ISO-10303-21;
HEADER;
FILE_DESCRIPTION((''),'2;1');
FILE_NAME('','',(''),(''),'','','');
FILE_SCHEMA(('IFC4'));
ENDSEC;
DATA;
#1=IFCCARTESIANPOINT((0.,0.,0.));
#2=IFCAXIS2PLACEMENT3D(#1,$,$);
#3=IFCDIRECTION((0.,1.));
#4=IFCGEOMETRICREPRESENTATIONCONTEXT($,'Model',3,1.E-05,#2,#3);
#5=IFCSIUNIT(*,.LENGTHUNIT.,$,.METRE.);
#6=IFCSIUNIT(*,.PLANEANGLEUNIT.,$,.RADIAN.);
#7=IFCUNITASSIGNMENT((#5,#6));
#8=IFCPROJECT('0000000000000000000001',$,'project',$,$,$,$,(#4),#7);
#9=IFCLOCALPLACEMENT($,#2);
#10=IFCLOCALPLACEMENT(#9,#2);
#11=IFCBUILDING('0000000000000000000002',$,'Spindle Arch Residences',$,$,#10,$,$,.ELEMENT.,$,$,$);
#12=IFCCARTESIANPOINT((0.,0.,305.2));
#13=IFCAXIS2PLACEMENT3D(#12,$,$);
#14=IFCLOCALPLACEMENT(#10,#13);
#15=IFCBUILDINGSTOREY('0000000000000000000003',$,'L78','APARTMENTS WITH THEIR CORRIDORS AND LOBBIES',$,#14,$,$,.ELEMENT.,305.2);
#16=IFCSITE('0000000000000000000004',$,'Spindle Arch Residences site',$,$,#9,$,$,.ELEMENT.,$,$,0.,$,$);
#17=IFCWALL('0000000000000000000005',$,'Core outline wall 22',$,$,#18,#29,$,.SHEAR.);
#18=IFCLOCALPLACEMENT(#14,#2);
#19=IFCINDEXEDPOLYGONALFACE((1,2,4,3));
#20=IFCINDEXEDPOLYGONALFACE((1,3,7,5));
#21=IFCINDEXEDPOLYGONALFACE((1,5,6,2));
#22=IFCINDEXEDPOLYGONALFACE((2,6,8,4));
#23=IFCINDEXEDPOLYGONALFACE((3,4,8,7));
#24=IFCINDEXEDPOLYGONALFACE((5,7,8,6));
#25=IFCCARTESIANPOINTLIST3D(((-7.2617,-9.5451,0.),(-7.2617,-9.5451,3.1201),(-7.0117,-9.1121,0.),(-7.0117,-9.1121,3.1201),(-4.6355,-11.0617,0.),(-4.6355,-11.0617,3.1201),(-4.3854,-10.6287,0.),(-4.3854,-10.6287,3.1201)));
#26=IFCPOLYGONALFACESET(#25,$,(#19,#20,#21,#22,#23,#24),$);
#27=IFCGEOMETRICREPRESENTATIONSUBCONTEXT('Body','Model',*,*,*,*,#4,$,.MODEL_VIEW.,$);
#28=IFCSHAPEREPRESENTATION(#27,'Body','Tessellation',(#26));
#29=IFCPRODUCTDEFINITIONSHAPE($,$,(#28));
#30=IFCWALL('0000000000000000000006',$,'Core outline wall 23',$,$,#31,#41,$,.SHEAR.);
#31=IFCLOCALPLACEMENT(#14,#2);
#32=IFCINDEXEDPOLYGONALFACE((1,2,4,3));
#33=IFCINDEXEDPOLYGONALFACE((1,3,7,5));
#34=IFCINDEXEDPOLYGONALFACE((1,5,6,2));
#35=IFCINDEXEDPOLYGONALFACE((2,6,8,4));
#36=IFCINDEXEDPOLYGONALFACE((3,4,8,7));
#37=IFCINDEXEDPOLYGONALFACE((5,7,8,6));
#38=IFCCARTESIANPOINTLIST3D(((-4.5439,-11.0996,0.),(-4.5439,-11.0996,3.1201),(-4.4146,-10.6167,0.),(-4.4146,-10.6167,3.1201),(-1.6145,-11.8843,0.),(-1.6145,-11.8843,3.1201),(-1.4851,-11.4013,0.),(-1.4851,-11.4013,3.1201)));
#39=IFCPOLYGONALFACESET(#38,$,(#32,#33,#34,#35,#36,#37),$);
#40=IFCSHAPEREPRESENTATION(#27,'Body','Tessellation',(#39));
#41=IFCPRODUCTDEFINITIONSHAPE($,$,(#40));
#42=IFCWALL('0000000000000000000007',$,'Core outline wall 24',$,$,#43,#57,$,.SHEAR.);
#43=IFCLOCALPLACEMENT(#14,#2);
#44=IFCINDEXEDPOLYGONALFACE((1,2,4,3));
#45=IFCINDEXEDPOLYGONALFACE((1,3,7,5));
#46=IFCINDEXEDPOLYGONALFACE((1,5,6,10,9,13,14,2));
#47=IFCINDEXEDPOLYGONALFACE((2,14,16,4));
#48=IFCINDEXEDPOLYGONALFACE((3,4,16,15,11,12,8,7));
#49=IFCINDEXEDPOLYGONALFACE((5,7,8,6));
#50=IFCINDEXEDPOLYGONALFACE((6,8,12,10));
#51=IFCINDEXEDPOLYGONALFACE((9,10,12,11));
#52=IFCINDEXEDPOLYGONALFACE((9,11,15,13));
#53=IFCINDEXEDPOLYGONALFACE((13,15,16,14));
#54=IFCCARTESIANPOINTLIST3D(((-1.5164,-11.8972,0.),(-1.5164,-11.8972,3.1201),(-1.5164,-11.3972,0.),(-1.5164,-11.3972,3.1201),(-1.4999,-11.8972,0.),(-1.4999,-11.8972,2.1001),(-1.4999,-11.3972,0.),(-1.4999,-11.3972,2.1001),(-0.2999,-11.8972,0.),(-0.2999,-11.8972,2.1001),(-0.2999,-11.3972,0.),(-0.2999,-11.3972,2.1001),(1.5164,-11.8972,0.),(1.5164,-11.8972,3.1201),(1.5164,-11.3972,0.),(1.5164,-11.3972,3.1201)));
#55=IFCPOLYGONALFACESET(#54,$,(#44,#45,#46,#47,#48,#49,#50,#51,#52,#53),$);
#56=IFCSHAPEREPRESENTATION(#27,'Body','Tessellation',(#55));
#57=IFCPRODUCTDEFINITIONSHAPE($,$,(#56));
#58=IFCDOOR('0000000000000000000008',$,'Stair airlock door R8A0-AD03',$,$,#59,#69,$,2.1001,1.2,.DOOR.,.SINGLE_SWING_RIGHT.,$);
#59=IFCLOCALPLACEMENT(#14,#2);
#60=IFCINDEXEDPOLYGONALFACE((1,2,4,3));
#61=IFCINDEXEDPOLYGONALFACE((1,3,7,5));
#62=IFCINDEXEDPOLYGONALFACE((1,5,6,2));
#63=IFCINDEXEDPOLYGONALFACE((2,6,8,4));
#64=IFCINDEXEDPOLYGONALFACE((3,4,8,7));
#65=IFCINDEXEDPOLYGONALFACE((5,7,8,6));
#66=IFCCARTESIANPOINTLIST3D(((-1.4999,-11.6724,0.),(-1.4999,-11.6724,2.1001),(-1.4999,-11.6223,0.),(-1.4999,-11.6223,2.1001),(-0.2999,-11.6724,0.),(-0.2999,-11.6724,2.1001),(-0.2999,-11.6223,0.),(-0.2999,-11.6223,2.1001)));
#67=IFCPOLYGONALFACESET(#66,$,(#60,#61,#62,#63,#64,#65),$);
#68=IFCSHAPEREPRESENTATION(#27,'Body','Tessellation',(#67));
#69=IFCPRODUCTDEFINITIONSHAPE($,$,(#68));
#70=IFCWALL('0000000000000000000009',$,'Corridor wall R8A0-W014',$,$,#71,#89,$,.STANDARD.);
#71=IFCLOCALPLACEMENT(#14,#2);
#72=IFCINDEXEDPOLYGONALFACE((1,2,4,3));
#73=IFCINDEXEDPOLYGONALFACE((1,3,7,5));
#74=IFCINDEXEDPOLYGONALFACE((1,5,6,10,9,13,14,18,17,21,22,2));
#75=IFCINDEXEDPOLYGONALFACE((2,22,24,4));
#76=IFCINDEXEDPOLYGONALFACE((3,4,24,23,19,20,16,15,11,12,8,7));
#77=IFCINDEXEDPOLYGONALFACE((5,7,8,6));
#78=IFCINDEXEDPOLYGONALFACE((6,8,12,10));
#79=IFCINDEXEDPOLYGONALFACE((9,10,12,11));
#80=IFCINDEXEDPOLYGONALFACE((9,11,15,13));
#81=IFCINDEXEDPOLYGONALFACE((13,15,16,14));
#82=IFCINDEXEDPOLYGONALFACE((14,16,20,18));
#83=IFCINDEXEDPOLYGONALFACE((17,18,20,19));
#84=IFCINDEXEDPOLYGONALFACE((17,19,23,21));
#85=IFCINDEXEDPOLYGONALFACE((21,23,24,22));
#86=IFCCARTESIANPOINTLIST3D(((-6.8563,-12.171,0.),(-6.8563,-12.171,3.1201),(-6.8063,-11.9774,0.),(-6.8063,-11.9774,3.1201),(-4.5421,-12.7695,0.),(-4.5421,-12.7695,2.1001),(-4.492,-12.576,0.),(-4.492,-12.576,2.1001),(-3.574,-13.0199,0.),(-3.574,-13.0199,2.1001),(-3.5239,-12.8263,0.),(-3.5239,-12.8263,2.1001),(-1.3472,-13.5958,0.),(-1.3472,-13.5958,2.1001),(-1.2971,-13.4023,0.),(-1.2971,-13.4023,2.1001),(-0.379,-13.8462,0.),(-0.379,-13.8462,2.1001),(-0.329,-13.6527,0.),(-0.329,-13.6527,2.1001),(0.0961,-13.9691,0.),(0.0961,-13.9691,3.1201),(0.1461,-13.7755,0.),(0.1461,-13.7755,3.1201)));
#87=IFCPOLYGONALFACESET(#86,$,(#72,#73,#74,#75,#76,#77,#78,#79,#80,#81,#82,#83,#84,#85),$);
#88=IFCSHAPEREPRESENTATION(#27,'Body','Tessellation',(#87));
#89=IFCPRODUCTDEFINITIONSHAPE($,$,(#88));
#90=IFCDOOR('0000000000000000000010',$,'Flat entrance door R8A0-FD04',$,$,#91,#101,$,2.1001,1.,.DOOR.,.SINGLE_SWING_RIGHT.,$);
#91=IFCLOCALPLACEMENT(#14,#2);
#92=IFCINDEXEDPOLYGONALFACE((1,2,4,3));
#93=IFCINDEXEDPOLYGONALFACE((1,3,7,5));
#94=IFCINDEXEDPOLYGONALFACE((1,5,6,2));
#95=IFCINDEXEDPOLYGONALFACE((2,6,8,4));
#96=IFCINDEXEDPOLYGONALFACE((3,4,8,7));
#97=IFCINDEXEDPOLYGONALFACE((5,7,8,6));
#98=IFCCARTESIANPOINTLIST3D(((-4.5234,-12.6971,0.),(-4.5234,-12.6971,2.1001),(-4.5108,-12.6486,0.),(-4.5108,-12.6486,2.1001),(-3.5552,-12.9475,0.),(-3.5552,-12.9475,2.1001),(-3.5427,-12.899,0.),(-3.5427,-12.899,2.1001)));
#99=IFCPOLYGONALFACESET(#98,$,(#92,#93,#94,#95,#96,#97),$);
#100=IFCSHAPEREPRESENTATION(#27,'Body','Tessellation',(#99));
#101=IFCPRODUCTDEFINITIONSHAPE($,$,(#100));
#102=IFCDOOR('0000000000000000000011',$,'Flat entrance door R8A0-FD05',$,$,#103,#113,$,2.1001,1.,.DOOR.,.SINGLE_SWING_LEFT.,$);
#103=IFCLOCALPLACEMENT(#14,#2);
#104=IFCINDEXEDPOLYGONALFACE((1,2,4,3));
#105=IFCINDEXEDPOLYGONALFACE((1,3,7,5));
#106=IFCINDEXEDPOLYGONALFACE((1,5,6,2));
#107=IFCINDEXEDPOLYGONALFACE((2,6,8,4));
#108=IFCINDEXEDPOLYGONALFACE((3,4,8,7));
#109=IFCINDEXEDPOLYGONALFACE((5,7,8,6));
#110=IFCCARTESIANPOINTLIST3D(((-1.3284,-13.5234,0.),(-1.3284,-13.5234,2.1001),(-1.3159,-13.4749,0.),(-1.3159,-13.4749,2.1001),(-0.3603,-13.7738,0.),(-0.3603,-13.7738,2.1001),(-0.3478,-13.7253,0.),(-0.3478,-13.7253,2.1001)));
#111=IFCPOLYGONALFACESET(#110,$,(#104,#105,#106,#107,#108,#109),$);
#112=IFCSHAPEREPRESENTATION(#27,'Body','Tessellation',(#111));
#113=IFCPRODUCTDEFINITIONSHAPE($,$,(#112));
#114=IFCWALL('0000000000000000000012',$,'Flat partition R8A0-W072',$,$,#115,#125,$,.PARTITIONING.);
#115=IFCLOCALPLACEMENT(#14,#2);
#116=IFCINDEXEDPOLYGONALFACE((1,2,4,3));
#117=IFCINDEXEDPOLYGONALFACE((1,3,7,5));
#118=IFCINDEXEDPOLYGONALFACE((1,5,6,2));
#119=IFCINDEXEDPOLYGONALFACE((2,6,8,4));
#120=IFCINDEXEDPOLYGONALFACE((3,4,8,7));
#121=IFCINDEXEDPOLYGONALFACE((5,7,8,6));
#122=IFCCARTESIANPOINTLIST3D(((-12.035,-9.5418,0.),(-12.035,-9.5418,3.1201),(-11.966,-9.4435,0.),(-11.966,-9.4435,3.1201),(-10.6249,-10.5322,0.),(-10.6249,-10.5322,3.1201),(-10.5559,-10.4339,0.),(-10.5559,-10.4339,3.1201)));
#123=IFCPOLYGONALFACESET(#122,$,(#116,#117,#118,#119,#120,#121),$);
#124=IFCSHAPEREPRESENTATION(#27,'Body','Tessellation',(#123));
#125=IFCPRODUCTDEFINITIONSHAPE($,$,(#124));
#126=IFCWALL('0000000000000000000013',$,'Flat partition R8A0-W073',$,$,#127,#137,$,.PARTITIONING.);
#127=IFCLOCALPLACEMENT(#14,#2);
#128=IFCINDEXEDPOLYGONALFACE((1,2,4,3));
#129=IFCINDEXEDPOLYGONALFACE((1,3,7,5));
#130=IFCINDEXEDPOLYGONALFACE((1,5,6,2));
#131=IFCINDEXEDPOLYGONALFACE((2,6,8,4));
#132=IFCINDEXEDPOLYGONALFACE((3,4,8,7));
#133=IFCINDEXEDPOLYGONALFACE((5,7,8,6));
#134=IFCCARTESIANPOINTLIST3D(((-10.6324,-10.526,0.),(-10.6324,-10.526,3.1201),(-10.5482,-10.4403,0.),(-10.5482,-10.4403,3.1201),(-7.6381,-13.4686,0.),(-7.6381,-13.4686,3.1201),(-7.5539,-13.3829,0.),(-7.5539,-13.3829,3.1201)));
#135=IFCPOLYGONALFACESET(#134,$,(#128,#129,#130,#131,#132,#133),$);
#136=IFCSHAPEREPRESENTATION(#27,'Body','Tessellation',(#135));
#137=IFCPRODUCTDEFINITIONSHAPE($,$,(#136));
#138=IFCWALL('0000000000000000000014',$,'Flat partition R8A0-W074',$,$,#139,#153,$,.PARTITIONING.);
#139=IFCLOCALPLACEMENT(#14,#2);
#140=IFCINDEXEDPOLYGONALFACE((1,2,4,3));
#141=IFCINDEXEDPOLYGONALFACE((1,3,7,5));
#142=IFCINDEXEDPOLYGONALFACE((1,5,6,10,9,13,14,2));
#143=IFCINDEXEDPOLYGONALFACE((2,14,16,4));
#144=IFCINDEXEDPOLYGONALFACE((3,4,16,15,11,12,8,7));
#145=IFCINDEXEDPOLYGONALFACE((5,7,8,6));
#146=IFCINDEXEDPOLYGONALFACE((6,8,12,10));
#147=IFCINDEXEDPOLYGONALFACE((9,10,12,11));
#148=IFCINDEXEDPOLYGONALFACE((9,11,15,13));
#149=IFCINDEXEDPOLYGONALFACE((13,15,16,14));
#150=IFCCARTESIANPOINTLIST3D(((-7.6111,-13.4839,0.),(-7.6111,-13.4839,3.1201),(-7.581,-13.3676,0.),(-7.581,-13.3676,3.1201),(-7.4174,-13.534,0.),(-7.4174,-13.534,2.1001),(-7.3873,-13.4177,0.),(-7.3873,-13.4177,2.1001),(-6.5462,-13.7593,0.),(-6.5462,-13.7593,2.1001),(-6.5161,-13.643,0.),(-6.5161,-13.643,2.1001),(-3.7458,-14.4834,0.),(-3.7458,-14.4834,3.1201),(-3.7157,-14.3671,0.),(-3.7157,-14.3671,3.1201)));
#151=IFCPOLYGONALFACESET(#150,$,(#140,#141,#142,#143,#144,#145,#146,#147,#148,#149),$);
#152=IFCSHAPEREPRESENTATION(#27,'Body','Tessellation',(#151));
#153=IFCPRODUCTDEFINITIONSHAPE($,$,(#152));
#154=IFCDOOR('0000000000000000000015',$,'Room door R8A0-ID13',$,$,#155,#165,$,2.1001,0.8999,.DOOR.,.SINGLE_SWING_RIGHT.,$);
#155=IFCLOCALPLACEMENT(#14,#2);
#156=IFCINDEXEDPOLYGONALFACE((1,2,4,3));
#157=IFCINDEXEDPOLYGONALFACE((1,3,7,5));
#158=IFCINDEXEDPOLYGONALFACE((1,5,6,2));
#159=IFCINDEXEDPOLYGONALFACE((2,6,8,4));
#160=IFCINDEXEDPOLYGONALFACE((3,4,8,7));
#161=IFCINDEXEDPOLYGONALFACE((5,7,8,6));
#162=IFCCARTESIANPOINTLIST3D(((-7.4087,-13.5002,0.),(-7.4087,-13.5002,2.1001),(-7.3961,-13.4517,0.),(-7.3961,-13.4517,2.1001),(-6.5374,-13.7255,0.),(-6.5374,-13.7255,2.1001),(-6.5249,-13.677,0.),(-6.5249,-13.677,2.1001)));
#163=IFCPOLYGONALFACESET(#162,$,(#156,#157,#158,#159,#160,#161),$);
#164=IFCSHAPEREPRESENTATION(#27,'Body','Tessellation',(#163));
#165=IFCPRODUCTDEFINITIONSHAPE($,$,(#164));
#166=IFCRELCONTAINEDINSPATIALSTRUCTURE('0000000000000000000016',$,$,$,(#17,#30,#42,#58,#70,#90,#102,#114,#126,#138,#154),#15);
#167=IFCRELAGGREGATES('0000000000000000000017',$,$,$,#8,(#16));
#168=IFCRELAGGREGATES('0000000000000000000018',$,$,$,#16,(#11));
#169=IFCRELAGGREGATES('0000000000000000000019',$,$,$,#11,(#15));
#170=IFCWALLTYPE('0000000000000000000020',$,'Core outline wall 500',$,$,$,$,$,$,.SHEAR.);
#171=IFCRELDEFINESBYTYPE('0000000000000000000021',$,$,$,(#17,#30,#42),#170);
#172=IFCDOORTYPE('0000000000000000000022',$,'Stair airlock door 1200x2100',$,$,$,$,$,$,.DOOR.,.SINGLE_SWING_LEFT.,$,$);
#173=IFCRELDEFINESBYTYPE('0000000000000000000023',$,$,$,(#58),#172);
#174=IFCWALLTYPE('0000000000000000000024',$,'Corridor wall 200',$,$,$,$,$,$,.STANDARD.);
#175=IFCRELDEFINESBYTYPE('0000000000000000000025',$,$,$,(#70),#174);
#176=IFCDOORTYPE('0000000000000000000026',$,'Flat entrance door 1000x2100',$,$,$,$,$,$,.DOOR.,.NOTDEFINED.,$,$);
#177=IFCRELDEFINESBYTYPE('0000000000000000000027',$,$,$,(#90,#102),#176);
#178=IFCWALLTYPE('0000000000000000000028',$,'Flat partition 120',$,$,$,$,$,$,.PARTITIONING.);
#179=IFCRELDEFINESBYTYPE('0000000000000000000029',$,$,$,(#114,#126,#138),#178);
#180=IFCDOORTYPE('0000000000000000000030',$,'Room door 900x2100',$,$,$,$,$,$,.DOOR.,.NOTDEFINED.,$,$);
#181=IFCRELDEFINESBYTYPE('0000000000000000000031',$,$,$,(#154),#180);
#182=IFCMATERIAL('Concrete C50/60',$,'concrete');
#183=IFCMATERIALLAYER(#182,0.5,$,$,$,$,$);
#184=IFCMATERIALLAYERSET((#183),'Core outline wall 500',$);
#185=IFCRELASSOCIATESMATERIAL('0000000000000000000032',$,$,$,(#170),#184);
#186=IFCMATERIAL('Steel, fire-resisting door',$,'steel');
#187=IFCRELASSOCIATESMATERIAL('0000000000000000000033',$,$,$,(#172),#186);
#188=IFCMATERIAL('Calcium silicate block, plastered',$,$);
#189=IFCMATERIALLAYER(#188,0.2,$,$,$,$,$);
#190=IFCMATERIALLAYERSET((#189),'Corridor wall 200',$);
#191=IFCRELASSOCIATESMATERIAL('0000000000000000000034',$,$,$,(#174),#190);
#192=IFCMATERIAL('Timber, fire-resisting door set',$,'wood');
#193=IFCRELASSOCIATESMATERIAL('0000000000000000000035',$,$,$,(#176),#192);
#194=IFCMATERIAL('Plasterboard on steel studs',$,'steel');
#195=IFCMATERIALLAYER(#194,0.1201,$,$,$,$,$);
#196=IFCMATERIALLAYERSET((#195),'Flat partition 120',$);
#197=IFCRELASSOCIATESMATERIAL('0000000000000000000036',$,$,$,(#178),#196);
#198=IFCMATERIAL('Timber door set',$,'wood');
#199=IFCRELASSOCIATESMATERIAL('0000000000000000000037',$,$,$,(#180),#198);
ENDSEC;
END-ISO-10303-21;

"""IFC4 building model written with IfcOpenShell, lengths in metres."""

from ifc_helpers import new_model, si_unit, direction, frame, frame_2d, origin, place, context, subcontext, project, spatial, rectangle, extrude, material, layer, layer_set, type_object, element, fill, save


model = new_model("IFC4")

# Units and contexts
model_context = context("Model", 3, precision=1e-05, world=origin(), true_north=direction((0.0, 1.0)))
body_context = subcontext(model_context, "Body", "Model", "MODEL_VIEW")
ifc_project = project(units=[si_unit("LENGTHUNIT", "METRE"), si_unit("PLANEANGLEUNIT", "RADIAN")], contexts=[model_context])

# Site, building, storey
site_placement = place(None, origin())
site = spatial("IfcSite", under=ifc_project, at=site_placement, Name="Spindle Arch Residences site", CompositionType="ELEMENT", RefElevation=0.0)
building_placement = place(site_placement, origin())
building = spatial("IfcBuilding", under=site, at=building_placement, Name="Spindle Arch Residences", CompositionType="ELEMENT")
storey_placement = place(building_placement, frame((0.0, 0.0, 305.2)))
storey = spatial("IfcBuildingStorey", under=building, at=storey_placement, Name="L78", Description="APARTMENTS WITH THEIR CORRIDORS AND LOBBIES", CompositionType="ELEMENT", Elevation=305.2)

# Walls
ifc_material_1 = material(Name="Concrete C50/60", Category="concrete")
ifc_layer_1 = layer(ifc_material_1, 0.5)
ifc_layer_set_1 = layer_set([ifc_layer_1], Name="Core outline wall 500")
wall_type_1 = type_object("IfcWallType", Name="Core outline wall 500", PredefinedType="SHEAR", material=ifc_layer_set_1)
for number, where, z_axis, x_axis, name in (
    (1, (-7.1367, -9.3286, 0.0), (0.0, 0.0, 1.0), (0.865975, -0.500087, 0.0), "Core outline wall 22"),
    (2, (-4.4792, -10.8582, 0.0), (0.0, 0.0, 1.0), (0.965948, -0.258735, 0.0), "Core outline wall 23"),
):
    element("IfcWall", number, at=place(storey_placement, frame(where, z_axis=z_axis, x_axis=x_axis)), inside=storey, type_object=wall_type_1, Name=name, PredefinedType="SHEAR", context=body_context, shape_type="SweptSolid", body=[
        extrude(rectangle(XDim=3.0327, YDim=0.5, at=frame_2d((1.5164, 0.0))), origin(), (0.0, 0.0, 1.0), 3.1201),
    ])

# Wall, opening, door
wall_1_placement = place(storey_placement, frame((-1.5164, -11.6472, 0.0), z_axis=(0.0, 0.0, 1.0), x_axis=(1.0, 0.0, 0.0)))
wall_1 = element("IfcWall", 3, at=wall_1_placement, inside=storey, type_object=wall_type_1, Name="Core outline wall 24", PredefinedType="SHEAR", context=body_context, shape_type="SweptSolid", body=[
    extrude(rectangle(XDim=3.0327, YDim=0.5, at=frame_2d((1.5164, 0.0))), origin(), (0.0, 0.0, 1.0), 3.1201),
])
opening_1_placement = place(wall_1_placement, frame((0.0164, 0.0, 0.0)))
opening_1 = element("IfcOpeningElement", 4, at=opening_1_placement, cuts=wall_1, PredefinedType="OPENING", context=body_context, shape_type="SweptSolid", body=[
    extrude(rectangle(XDim=1.2, YDim=2.1001, at=frame_2d((0.6001, 1.05))), frame((0.0, 0.26, 0.0), z_axis=(0.0, -1.0, 0.0), x_axis=(1.0, 0.0, 0.0)), (0.0, 0.0, 1.0), 0.52),
])
ifc_material_2 = material(Name="Steel, fire-resisting door", Category="steel")
door_type_1 = type_object("IfcDoorType", Name="Stair airlock door 1200x2100", OperationType="SINGLE_SWING_LEFT", PredefinedType="DOOR", material=ifc_material_2)
door_1_placement = place(opening_1_placement, origin())
door_1 = element("IfcDoor", 5, at=door_1_placement, inside=storey, type_object=door_type_1, Name="Stair airlock door R8A0-AD03", OperationType="SINGLE_SWING_RIGHT", OverallHeight=2.1001, OverallWidth=1.2, PredefinedType="DOOR", context=body_context, shape_type="SweptSolid", body=[
    extrude(rectangle(XDim=1.2, YDim=2.1001, at=frame_2d((0.6001, 1.05))), frame((0.0, 0.0249, 0.0), z_axis=(0.0, -1.0, 0.0), x_axis=(1.0, 0.0, 0.0)), (0.0, 0.0, 1.0), 0.05),
])
fill(opening_1, door_1)

# Wall, openings, doors
ifc_material_3 = material(Name="Calcium silicate block, plastered")
ifc_layer_2 = layer(ifc_material_3, 0.2)
ifc_layer_set_2 = layer_set([ifc_layer_2], Name="Corridor wall 200")
wall_type_2 = type_object("IfcWallType", Name="Corridor wall 200", PredefinedType="STANDARD", material=ifc_layer_set_2)
wall_2_placement = place(storey_placement, frame((-6.8313, -12.0742, 0.0), z_axis=(0.0, 0.0, 1.0), x_axis=(0.968145, -0.250391, 0.0)))
wall_2 = element("IfcWall", 6, at=wall_2_placement, inside=storey, type_object=wall_type_2, Name="Corridor wall R8A0-W014", PredefinedType="STANDARD", context=body_context, shape_type="SweptSolid", body=[
    extrude(rectangle(XDim=7.1812, YDim=0.2, at=frame_2d((3.5906, 0.0))), origin(), (0.0, 0.0, 1.0), 3.1201),
])
opening_2_placement = place(wall_2_placement, frame((2.3904, 0.0, 0.0)))
opening_2 = element("IfcOpeningElement", 7, at=opening_2_placement, cuts=wall_2, PredefinedType="OPENING", context=body_context, shape_type="SweptSolid", body=[
    extrude(rectangle(XDim=1.0, YDim=2.1001, at=frame_2d((0.5, 1.05))), frame((0.0, 0.1099, 0.0), z_axis=(0.0, -1.0, 0.0), x_axis=(1.0, 0.0, 0.0)), (0.0, 0.0, 1.0), 0.22),
])
opening_3_placement = place(wall_2_placement, frame((5.6904, 0.0, 0.0)))
opening_3 = element("IfcOpeningElement", 8, at=opening_3_placement, cuts=wall_2, PredefinedType="OPENING", context=body_context, shape_type="SweptSolid", body=[
    extrude(rectangle(XDim=1.0, YDim=2.1001, at=frame_2d((0.5, 1.05))), frame((0.0, 0.1099, 0.0), z_axis=(0.0, -1.0, 0.0), x_axis=(1.0, 0.0, 0.0)), (0.0, 0.0, 1.0), 0.22),
])
ifc_material_4 = material(Name="Timber, fire-resisting door set", Category="wood")
door_type_2 = type_object("IfcDoorType", Name="Flat entrance door 1000x2100", OperationType="NOTDEFINED", PredefinedType="DOOR", material=ifc_material_4)
door_2_placement = place(opening_2_placement, origin())
door_2 = element("IfcDoor", 9, at=door_2_placement, inside=storey, type_object=door_type_2, Name="Flat entrance door R8A0-FD04", OperationType="SINGLE_SWING_RIGHT", OverallHeight=2.1001, OverallWidth=1.0, PredefinedType="DOOR", context=body_context, shape_type="SweptSolid", body=[
    extrude(rectangle(XDim=1.0, YDim=2.1001, at=frame_2d((0.5, 1.05))), frame((0.0, 0.0249, 0.0), z_axis=(0.0, -1.0, 0.0), x_axis=(1.0, 0.0, 0.0)), (0.0, 0.0, 1.0), 0.05),
])
fill(opening_2, door_2)
door_3_placement = place(opening_3_placement, origin())
door_3 = element("IfcDoor", 10, at=door_3_placement, inside=storey, type_object=door_type_2, Name="Flat entrance door R8A0-FD05", OperationType="SINGLE_SWING_LEFT", OverallHeight=2.1001, OverallWidth=1.0, PredefinedType="DOOR", context=body_context, shape_type="SweptSolid", body=[
    extrude(rectangle(XDim=1.0, YDim=2.1001, at=frame_2d((0.5, 1.05))), frame((0.0, 0.0249, 0.0), z_axis=(0.0, -1.0, 0.0), x_axis=(1.0, 0.0, 0.0)), (0.0, 0.0, 1.0), 0.05),
])
fill(opening_3, door_3)

# Walls
ifc_material_5 = material(Name="Plasterboard on steel studs", Category="steel")
ifc_layer_3 = layer(ifc_material_5, 0.1201)
ifc_layer_set_3 = layer_set([ifc_layer_3], Name="Flat partition 120")
wall_type_3 = type_object("IfcWallType", Name="Flat partition 120", PredefinedType="PARTITIONING", material=ifc_layer_set_3)
wall_3_placement = place(storey_placement, frame((-12.0005, -9.4927, 0.0), z_axis=(0.0, 0.0, 1.0), x_axis=(0.818312, -0.574774, 0.0)))
element("IfcWall", 11, at=wall_3_placement, inside=storey, type_object=wall_type_3, Name="Flat partition R8A0-W072", PredefinedType="PARTITIONING", context=body_context, shape_type="SweptSolid", body=[
    extrude(rectangle(XDim=1.7231, YDim=0.1201, at=frame_2d((0.8616, 0.0))), origin(), (0.0, 0.0, 1.0), 3.1201),
])
wall_4_placement = place(storey_placement, frame((-10.5903, -10.4832, 0.0), z_axis=(0.0, 0.0, 1.0), x_axis=(0.713244, -0.700916, 0.0)))
element("IfcWall", 12, at=wall_4_placement, inside=storey, type_object=wall_type_3, Name="Flat partition R8A0-W073", PredefinedType="PARTITIONING", context=body_context, shape_type="SweptSolid", body=[
    extrude(rectangle(XDim=4.1982, YDim=0.1201, at=frame_2d((2.0991, 0.0))), origin(), (0.0, 0.0, 1.0), 3.1201),
])

# Wall, opening, door
wall_5_placement = place(storey_placement, frame((-7.5959, -13.4258, 0.0), z_axis=(0.0, 0.0, 1.0), x_axis=(0.968154, -0.250355, 0.0)))
wall_5 = element("IfcWall", 13, at=wall_5_placement, inside=storey, type_object=wall_type_3, Name="Flat partition R8A0-W074", PredefinedType="PARTITIONING", context=body_context, shape_type="SweptSolid", body=[
    extrude(rectangle(XDim=3.9924, YDim=0.1201, at=frame_2d((1.9961, 0.0))), origin(), (0.0, 0.0, 1.0), 3.1201),
])
opening_4_placement = place(wall_5_placement, frame((0.2, 0.0, 0.0)))
opening_4 = element("IfcOpeningElement", 14, at=opening_4_placement, cuts=wall_5, PredefinedType="OPENING", context=body_context, shape_type="SweptSolid", body=[
    extrude(rectangle(XDim=0.8999, YDim=2.1001, at=frame_2d((0.45, 1.05))), frame((0.0, 0.0701, 0.0), z_axis=(0.0, -1.0, 0.0), x_axis=(1.0, 0.0, 0.0)), (0.0, 0.0, 1.0), 0.1401),
])
ifc_material_6 = material(Name="Timber door set", Category="wood")
door_type_3 = type_object("IfcDoorType", Name="Room door 900x2100", OperationType="NOTDEFINED", PredefinedType="DOOR", material=ifc_material_6)
door_4_placement = place(opening_4_placement, origin())
door_4 = element("IfcDoor", 15, at=door_4_placement, inside=storey, type_object=door_type_3, Name="Room door R8A0-ID13", OperationType="SINGLE_SWING_RIGHT", OverallHeight=2.1001, OverallWidth=0.8999, PredefinedType="DOOR", context=body_context, shape_type="SweptSolid", body=[
    extrude(rectangle(XDim=0.8999, YDim=2.1001, at=frame_2d((0.45, 1.05))), frame((0.0, 0.0249, 0.0), z_axis=(0.0, -1.0, 0.0), x_axis=(1.0, 0.0, 0.0)), (0.0, 0.0, 1.0), 0.05),
])
fill(opening_4, door_4)

save(model, "model.ifc")
